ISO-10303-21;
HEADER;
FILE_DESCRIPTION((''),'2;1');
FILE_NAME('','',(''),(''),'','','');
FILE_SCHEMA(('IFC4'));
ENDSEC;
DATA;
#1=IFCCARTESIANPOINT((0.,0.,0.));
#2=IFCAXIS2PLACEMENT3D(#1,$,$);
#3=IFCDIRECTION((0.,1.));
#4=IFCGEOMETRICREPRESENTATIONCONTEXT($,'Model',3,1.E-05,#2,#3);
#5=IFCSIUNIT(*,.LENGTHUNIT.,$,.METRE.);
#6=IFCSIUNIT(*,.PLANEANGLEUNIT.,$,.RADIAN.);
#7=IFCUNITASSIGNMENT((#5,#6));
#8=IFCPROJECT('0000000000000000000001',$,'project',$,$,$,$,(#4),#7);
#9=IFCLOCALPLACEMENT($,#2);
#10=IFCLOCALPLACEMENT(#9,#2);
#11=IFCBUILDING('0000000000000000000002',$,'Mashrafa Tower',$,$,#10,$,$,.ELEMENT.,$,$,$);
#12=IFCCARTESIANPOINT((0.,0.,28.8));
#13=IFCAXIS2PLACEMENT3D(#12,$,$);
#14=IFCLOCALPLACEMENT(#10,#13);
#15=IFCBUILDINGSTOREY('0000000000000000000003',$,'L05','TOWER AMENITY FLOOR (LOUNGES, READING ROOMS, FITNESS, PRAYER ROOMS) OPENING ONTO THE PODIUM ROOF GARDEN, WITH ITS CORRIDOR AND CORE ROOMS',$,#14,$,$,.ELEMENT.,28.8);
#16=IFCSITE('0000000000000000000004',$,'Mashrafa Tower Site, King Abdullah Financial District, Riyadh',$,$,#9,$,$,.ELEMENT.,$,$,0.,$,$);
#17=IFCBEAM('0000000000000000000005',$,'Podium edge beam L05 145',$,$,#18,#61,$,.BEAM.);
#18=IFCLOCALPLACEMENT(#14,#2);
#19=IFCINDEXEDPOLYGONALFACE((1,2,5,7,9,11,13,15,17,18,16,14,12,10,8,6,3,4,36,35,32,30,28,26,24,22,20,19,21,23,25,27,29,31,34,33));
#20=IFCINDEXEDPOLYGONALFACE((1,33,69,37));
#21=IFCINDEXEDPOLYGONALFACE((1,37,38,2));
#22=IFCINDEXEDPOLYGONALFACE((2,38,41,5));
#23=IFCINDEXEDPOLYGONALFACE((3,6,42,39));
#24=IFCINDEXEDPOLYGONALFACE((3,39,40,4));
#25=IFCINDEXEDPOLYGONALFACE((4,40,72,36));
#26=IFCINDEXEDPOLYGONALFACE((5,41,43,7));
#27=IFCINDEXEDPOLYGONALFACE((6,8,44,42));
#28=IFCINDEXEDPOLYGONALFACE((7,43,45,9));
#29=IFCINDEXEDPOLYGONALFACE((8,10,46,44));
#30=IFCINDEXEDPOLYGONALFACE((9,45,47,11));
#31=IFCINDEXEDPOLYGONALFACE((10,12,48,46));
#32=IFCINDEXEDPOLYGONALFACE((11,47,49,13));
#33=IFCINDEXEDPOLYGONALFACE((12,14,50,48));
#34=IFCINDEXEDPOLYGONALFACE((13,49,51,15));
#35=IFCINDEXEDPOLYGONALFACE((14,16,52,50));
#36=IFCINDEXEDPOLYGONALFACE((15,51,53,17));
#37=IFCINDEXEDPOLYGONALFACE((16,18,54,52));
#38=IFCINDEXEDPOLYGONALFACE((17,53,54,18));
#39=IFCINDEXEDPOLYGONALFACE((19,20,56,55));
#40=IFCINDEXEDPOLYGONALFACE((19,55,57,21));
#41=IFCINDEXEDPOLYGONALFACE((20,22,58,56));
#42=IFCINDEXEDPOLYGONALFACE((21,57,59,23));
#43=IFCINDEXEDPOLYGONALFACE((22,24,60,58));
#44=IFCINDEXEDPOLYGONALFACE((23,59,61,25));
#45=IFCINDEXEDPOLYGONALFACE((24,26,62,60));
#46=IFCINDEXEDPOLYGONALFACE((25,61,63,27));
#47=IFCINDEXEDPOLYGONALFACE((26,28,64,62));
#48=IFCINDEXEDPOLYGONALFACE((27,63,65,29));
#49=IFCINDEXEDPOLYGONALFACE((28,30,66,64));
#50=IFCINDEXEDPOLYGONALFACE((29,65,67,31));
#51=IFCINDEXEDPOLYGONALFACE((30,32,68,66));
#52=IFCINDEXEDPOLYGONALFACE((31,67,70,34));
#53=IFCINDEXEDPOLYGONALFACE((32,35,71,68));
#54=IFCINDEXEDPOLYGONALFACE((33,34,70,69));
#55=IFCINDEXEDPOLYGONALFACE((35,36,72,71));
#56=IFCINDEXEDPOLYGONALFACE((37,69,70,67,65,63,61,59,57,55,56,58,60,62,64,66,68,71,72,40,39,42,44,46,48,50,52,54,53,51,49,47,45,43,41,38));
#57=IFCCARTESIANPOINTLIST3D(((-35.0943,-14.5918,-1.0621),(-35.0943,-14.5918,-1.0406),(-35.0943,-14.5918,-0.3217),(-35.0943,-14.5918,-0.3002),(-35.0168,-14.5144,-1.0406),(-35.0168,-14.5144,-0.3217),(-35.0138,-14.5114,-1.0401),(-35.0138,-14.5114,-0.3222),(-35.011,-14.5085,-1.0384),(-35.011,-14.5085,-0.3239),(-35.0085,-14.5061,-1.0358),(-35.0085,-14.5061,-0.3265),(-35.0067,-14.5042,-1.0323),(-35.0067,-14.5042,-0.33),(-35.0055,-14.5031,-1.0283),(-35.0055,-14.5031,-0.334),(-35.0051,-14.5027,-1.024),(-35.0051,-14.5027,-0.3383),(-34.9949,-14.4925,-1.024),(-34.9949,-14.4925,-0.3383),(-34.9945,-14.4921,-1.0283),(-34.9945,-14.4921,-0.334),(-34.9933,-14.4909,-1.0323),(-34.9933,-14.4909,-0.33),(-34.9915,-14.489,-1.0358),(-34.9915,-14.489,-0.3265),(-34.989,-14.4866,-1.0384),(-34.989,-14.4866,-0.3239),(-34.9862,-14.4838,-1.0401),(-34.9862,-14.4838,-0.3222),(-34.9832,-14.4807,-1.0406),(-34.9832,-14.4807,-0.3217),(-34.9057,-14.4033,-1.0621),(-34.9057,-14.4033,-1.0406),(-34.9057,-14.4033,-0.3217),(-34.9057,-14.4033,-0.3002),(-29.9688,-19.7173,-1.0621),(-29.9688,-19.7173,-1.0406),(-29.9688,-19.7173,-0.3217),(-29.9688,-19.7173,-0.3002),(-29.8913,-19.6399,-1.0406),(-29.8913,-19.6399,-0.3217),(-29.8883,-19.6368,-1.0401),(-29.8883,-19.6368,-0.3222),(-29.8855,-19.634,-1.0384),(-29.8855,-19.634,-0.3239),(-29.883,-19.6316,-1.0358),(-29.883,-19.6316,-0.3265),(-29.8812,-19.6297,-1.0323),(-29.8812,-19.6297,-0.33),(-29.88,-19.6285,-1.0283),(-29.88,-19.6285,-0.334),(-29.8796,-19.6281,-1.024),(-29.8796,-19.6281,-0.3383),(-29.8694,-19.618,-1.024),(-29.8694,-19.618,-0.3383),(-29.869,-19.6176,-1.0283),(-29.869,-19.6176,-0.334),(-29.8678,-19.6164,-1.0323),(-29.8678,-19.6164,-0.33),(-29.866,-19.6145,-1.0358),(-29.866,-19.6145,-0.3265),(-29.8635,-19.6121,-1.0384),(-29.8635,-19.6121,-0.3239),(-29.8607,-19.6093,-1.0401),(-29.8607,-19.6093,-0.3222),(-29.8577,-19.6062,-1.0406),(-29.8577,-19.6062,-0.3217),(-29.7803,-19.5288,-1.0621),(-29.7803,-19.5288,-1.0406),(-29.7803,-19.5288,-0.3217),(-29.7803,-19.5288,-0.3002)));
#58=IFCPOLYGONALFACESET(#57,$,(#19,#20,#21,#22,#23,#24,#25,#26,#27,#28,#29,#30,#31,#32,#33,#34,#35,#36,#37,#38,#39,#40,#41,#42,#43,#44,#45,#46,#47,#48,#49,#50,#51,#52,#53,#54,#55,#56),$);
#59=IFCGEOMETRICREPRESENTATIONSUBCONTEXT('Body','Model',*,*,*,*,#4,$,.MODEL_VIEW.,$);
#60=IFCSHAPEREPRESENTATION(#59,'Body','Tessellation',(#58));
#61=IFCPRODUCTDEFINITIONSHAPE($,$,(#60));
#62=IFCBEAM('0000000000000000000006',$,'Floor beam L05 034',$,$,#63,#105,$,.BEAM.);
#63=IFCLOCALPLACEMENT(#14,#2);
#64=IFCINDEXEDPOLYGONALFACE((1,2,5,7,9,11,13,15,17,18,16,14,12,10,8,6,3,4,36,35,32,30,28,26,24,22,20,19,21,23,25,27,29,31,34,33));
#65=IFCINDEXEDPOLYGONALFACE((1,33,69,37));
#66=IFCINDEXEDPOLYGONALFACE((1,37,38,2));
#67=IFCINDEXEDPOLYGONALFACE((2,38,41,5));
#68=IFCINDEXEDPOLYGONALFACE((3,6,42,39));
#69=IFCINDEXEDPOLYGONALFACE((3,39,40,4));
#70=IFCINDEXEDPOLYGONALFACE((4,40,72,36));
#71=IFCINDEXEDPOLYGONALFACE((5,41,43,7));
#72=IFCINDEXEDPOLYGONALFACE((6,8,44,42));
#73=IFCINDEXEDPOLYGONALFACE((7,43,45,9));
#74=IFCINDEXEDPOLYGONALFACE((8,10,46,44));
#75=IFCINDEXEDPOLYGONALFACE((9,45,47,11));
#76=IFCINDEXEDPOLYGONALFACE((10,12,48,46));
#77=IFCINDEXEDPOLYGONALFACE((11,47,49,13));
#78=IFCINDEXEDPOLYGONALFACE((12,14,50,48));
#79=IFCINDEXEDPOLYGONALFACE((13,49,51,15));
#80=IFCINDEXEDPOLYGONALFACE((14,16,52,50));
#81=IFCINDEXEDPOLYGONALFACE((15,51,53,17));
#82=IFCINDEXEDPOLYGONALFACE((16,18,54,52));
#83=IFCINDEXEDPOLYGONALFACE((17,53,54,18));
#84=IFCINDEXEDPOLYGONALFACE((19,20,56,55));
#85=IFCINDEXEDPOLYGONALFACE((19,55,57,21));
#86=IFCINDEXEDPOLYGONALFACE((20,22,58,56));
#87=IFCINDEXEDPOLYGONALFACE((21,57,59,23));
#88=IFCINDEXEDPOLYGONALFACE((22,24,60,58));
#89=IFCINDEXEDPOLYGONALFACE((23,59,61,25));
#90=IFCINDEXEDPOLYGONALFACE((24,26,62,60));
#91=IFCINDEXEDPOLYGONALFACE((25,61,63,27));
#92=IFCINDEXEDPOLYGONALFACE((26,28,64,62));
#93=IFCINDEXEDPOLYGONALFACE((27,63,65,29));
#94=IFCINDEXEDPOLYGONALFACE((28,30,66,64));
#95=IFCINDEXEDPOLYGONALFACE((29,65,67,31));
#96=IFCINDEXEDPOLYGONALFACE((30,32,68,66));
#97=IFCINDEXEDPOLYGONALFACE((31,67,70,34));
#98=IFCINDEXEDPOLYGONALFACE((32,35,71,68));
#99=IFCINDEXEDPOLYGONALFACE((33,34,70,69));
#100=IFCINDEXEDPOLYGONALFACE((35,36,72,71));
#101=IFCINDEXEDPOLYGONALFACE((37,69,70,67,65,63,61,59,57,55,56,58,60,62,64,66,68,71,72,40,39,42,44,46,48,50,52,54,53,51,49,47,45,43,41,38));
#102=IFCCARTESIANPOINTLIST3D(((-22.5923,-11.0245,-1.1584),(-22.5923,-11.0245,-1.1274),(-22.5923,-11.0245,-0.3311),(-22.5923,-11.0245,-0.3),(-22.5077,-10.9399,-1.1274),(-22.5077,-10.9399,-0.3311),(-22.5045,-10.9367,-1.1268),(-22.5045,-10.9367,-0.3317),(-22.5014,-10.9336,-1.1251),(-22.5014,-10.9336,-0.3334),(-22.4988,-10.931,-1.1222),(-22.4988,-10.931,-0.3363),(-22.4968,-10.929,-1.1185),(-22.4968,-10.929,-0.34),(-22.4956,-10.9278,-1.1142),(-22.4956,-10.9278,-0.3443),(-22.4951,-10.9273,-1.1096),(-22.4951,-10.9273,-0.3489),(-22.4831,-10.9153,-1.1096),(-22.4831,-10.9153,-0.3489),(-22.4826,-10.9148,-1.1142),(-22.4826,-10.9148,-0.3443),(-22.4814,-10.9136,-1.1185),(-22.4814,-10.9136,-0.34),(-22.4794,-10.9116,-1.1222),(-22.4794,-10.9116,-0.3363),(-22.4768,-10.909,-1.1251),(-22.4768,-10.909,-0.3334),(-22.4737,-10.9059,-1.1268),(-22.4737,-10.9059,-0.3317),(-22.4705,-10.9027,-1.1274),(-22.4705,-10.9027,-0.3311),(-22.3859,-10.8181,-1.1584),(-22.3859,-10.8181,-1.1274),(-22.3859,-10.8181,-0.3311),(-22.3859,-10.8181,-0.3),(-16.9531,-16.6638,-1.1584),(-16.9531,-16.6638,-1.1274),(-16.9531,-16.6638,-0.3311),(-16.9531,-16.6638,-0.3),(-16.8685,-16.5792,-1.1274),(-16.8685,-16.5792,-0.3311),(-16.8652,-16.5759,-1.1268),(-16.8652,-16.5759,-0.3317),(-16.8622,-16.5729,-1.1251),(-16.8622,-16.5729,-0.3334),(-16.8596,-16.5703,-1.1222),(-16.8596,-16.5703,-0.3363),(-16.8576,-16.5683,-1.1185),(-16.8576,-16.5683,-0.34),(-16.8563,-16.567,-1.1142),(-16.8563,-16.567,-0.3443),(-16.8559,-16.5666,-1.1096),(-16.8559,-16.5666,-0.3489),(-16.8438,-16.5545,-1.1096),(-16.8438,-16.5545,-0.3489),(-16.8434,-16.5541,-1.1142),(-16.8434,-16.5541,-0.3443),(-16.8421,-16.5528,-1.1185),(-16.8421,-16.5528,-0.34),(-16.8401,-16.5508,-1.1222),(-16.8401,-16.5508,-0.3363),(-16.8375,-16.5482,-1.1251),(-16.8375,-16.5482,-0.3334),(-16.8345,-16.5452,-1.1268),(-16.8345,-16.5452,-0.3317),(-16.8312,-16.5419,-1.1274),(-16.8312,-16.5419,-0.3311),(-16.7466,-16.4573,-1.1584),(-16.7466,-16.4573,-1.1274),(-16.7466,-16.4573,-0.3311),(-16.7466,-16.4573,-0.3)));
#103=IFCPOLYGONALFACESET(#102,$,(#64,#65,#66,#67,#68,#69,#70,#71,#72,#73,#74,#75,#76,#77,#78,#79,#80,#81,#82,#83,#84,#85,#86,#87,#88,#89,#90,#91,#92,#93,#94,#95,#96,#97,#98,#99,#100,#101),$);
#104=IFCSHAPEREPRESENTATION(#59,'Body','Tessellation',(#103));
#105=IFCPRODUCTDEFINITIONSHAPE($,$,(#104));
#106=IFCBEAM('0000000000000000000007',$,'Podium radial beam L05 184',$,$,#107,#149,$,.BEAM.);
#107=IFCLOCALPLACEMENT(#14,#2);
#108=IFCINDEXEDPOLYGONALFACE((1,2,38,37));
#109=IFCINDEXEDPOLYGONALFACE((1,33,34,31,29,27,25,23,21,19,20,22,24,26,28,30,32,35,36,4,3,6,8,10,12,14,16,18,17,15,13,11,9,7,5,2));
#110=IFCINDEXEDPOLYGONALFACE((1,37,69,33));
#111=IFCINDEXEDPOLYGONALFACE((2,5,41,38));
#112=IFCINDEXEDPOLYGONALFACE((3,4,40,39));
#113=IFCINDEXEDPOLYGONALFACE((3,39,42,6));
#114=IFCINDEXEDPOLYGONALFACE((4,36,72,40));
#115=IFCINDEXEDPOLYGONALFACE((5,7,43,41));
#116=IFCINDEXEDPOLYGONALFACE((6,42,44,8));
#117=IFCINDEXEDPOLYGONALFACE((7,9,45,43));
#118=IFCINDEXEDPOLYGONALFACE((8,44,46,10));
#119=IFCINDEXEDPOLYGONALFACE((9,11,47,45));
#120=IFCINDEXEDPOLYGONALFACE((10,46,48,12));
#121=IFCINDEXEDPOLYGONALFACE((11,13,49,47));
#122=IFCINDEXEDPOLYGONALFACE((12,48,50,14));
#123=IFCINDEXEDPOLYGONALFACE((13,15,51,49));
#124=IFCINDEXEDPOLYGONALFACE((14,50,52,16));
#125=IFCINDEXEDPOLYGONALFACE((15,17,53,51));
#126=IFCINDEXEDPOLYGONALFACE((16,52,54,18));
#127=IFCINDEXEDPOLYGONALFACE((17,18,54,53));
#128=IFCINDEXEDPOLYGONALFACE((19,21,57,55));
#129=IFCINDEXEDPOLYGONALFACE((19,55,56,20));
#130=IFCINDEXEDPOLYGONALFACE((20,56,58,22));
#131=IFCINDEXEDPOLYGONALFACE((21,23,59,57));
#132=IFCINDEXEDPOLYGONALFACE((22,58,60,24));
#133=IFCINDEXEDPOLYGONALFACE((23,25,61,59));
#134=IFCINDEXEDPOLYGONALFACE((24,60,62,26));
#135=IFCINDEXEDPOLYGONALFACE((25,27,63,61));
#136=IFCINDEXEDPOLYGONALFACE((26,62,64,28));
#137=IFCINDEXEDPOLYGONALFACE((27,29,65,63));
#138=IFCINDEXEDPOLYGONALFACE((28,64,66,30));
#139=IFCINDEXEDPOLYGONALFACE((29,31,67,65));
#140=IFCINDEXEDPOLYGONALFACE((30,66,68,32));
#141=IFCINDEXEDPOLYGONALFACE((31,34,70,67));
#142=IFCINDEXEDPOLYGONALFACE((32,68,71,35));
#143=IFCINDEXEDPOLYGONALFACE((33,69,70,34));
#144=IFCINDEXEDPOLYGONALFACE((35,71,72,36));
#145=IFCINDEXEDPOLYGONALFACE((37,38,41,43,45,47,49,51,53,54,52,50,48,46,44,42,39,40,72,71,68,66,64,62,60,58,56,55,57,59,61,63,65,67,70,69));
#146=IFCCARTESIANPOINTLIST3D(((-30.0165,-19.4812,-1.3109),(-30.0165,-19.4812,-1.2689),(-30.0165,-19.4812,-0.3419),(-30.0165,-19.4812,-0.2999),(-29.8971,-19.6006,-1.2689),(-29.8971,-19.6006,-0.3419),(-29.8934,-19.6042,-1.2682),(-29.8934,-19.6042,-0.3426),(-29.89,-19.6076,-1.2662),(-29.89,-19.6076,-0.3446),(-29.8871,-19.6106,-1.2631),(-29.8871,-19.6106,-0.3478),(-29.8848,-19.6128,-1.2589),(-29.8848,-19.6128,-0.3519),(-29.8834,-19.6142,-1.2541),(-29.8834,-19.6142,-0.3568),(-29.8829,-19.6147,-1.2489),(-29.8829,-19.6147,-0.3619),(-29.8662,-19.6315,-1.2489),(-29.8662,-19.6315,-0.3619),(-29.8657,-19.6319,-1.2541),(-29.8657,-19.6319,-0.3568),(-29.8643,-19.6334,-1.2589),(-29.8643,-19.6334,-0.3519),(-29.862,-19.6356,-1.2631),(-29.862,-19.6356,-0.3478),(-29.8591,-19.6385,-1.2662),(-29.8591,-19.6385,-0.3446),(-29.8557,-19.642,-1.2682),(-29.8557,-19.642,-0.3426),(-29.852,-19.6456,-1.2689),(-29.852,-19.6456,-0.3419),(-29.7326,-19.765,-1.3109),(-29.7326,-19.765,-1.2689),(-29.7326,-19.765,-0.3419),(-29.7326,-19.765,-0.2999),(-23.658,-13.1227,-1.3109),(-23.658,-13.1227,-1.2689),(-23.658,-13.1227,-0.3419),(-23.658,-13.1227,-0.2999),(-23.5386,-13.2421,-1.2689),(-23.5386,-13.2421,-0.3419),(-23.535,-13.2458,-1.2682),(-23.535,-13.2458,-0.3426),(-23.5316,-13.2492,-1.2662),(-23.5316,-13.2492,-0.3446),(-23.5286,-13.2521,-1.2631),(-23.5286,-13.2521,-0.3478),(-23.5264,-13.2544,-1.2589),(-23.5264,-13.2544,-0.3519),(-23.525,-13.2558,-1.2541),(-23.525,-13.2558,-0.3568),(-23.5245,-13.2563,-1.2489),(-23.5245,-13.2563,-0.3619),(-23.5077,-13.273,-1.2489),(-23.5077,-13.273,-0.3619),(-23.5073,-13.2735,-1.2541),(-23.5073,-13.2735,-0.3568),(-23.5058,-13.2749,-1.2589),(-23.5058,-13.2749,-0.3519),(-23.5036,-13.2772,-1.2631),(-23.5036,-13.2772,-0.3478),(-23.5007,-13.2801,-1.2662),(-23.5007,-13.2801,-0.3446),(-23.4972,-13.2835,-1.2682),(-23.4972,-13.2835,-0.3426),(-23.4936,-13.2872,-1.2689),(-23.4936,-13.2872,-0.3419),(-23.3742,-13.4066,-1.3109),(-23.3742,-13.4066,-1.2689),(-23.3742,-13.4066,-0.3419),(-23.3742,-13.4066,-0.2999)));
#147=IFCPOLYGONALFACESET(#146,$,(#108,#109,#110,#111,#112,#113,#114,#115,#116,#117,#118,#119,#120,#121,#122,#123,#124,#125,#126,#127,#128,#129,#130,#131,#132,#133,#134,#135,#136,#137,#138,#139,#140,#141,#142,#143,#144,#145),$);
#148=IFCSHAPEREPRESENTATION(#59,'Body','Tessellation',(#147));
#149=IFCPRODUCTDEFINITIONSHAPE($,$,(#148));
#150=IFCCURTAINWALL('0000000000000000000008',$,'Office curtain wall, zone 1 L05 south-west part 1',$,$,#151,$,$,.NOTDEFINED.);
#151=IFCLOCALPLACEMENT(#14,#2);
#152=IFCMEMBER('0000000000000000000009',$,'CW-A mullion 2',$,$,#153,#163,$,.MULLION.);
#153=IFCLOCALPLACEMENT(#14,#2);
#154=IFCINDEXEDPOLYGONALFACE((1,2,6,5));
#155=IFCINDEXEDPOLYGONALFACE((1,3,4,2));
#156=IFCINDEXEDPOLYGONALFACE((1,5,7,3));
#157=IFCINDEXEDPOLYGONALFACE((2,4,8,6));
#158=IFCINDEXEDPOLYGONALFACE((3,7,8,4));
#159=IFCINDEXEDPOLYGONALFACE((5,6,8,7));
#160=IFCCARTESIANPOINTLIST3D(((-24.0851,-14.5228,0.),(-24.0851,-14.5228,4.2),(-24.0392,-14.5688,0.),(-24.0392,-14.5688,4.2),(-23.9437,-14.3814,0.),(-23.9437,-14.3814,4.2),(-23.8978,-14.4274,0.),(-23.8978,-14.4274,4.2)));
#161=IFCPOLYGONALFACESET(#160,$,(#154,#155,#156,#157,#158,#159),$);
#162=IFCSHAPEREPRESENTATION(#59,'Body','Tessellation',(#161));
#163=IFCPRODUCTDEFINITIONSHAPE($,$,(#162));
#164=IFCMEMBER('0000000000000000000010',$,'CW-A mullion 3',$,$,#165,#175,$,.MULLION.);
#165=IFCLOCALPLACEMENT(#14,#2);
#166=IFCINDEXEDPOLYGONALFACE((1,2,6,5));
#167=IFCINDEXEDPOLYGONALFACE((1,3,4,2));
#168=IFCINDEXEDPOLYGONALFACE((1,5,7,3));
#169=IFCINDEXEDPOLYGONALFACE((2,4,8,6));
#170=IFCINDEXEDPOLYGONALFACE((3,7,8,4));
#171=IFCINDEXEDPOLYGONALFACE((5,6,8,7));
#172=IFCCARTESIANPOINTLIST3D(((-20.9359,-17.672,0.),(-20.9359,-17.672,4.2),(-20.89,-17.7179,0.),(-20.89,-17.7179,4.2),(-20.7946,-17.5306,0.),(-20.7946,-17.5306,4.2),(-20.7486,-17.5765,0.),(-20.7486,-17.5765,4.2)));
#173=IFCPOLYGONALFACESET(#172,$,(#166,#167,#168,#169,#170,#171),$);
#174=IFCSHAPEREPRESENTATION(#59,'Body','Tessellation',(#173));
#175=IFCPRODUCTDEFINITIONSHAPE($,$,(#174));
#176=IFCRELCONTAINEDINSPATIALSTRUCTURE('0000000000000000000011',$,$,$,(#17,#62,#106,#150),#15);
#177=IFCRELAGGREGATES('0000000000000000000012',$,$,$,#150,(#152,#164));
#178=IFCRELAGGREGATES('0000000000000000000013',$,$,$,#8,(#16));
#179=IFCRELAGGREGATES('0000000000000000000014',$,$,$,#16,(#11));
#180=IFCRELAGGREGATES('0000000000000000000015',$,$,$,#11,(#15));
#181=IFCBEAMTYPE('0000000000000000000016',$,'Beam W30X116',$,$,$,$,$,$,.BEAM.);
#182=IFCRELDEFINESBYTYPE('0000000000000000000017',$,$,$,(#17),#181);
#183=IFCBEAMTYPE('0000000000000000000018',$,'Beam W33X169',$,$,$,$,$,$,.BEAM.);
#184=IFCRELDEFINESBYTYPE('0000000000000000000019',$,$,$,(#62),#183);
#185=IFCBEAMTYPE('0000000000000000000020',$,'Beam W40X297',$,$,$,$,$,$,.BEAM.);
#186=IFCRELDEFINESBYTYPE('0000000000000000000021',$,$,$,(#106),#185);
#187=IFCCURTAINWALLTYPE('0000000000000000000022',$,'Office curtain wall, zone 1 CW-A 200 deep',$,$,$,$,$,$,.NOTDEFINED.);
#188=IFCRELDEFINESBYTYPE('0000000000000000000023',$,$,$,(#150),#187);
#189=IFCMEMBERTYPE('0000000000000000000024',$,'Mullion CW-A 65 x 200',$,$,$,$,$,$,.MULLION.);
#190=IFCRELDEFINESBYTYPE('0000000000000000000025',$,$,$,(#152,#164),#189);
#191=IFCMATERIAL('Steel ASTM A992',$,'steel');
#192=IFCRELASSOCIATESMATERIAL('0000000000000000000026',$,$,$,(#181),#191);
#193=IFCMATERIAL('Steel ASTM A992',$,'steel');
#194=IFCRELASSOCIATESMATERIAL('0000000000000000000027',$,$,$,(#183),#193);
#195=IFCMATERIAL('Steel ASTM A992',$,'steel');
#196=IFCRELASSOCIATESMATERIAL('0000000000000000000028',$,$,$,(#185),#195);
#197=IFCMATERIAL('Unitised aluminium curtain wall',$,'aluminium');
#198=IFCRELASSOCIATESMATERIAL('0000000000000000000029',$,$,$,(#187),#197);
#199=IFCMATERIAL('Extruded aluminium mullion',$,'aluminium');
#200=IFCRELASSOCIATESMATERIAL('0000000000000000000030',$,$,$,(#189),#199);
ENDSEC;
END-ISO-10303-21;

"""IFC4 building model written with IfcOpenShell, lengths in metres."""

from ifc_helpers import new_model, si_unit, direction, frame, origin, origin_2d, place, context, subcontext, project, spatial, rectangle, i_section, extrude, source, transform, mapped, material, material_profile, profile_set, type_object, type_shapes, element, aggregate, save


model = new_model("IFC4")

# Units and contexts
model_context = context("Model", 3, precision=1e-05, world=origin(), true_north=direction((0.0, 1.0)))
body_context = subcontext(model_context, "Body", "Model", "MODEL_VIEW")
ifc_project = project(units=[si_unit("LENGTHUNIT", "METRE"), si_unit("PLANEANGLEUNIT", "RADIAN")], contexts=[model_context])

# Site, building, storey
site_placement = place(None, origin())
site = spatial("IfcSite", under=ifc_project, at=site_placement, Name="Mashrafa Tower Site, King Abdullah Financial District, Riyadh", CompositionType="ELEMENT", RefElevation=0.0)
building_placement = place(site_placement, origin())
building = spatial("IfcBuilding", under=site, at=building_placement, Name="Mashrafa Tower", CompositionType="ELEMENT")
storey_placement = place(building_placement, frame((0.0, 0.0, 28.8)))
storey = spatial("IfcBuildingStorey", under=building, at=storey_placement, Name="L05", Description="TOWER AMENITY FLOOR (LOUNGES, READING ROOMS, FITNESS, PRAYER ROOMS) OPENING ONTO THE PODIUM ROOF GARDEN, WITH ITS CORRIDOR AND CORE ROOMS", CompositionType="ELEMENT", Elevation=28.8)

# Beams
ifc_material_1 = material(Name="Steel ASTM A992", Category="steel")
ifc_material_profile_1 = material_profile(ifc_material_1, i_section(OverallWidth=0.2666, OverallDepth=0.762, WebThickness=0.0144, FlangeThickness=0.0215, FilletRadius=0.0166, at=origin_2d()), Name="W30X116")
ifc_profile_set_1 = profile_set([ifc_material_profile_1], Name="Steel ASTM A992")
beam_type_1 = type_object("IfcBeamType", Name="Beam W30X116", PredefinedType="BEAM", material=ifc_profile_set_1)
beam_1_placement = place(storey_placement, frame((-35.0, -14.4976, -0.6812), z_axis=(0.707107, -0.707107, 0.0), x_axis=(0.707107, 0.707107, 0.0)))
element("IfcBeam", 1, at=beam_1_placement, inside=storey, type_object=beam_type_1, Name="Podium edge beam L05 145", PredefinedType="BEAM", context=body_context, shape_type="SweptSolid", body=[
    extrude(i_section(OverallWidth=0.2666, OverallDepth=0.762, WebThickness=0.0144, FlangeThickness=0.0215, FilletRadius=0.0166, at=origin_2d()), origin(), (0.0, 0.0, 1.0), 7.2485),
])
ifc_material_2 = material(Name="Steel ASTM A992", Category="steel")
ifc_material_profile_2 = material_profile(ifc_material_2, i_section(OverallWidth=0.292, OverallDepth=0.8584, WebThickness=0.0171, FlangeThickness=0.031, FilletRadius=0.0178, at=origin_2d()), Name="W33X169")
ifc_profile_set_2 = profile_set([ifc_material_profile_2], Name="Steel ASTM A992")
beam_type_2 = type_object("IfcBeamType", Name="Beam W33X169", PredefinedType="BEAM", material=ifc_profile_set_2)
beam_2_placement = place(storey_placement, frame((-16.8499, -16.5605, -0.7292), z_axis=(-0.707107, 0.707107, 0.0), x_axis=(-0.707107, -0.707107, 0.0)))
element("IfcBeam", 2, at=beam_2_placement, inside=storey, type_object=beam_type_2, Name="Floor beam L05 034", PredefinedType="BEAM", context=body_context, shape_type="SweptSolid", body=[
    extrude(i_section(OverallWidth=0.292, OverallDepth=0.8584, WebThickness=0.0171, FlangeThickness=0.031, FilletRadius=0.0178, at=origin_2d()), origin(), (0.0, 0.0, 1.0), 7.9751),
])
ifc_material_3 = material(Name="Steel ASTM A992", Category="steel")
ifc_material_profile_3 = material_profile(ifc_material_3, i_section(OverallWidth=0.4014, OverallDepth=1.011, WebThickness=0.0237, FlangeThickness=0.042, FilletRadius=0.02, at=origin_2d()), Name="W40X297")
ifc_profile_set_3 = profile_set([ifc_material_profile_3], Name="Steel ASTM A992")
beam_type_3 = type_object("IfcBeamType", Name="Beam W40X297", PredefinedType="BEAM", material=ifc_profile_set_3)
beam_3_placement = place(storey_placement, frame((-23.5161, -13.2646, -0.8054), z_axis=(-0.707107, -0.707107, 0.0), x_axis=(0.707107, -0.707107, 0.0)))
element("IfcBeam", 3, at=beam_3_placement, inside=storey, type_object=beam_type_3, Name="Podium radial beam L05 184", PredefinedType="BEAM", context=body_context, shape_type="SweptSolid", body=[
    extrude(i_section(OverallWidth=0.4014, OverallDepth=1.011, WebThickness=0.0237, FlangeThickness=0.042, FilletRadius=0.02, at=origin_2d()), origin(), (0.0, 0.0, 1.0), 8.9922),
])

# Curtain wall, members
ifc_material_4 = material(Name="Unitised aluminium curtain wall", Category="aluminium")
curtain_wall_type = type_object("IfcCurtainWallType", Name="Office curtain wall, zone 1 CW-A 200 deep", PredefinedType="NOTDEFINED", material=ifc_material_4)
curtain_wall_placement = place(storey_placement, origin())
curtain_wall = element("IfcCurtainWall", 4, at=curtain_wall_placement, inside=storey, type_object=curtain_wall_type, Name="Office curtain wall, zone 1 L05 south-west part 1", PredefinedType="NOTDEFINED")
ifc_material_5 = material(Name="Extruded aluminium mullion", Category="aluminium")
ifc_material_profile_4 = material_profile(ifc_material_5, rectangle(XDim=0.2, YDim=0.0649, at=origin_2d()), Name="Mullion 65x200")
ifc_profile_set_4 = profile_set([ifc_material_profile_4], Name="Extruded aluminium mullion")
member_type_1 = type_object("IfcMemberType", Name="Mullion CW-A 65 x 200", PredefinedType="MULLION", material=ifc_profile_set_4)
shared_shape_1 = source(origin(), body_context, "Body", "SweptSolid", [
    extrude(rectangle(XDim=0.2, YDim=0.0649, at=origin_2d()), origin(), (0.0, 0.0, 1.0), 4.2),
])
type_shapes(member_type_1, [shared_shape_1])
member_1_placement = place(storey_placement, frame((-23.9915, -14.4751, 0.0), z_axis=(0.0, 0.0, 1.0), x_axis=(0.707107, 0.707107, 0.0)))
member_1 = element("IfcMember", 5, at=member_1_placement, type_object=member_type_1, Name="CW-A mullion 2", PredefinedType="MULLION", context=body_context, shape_type="MappedRepresentation", body=[
    mapped(shared_shape_1, transform((0.0, 0.0, 0.0))),
])
member_2_placement = place(storey_placement, frame((-20.8423, -17.6243, 0.0), z_axis=(0.0, 0.0, 1.0), x_axis=(0.707107, 0.707107, 0.0)))
member_2 = element("IfcMember", 6, at=member_2_placement, type_object=member_type_1, Name="CW-A mullion 3", PredefinedType="MULLION", context=body_context, shape_type="MappedRepresentation", body=[
    mapped(shared_shape_1, transform((0.0, 0.0, 0.0))),
])
aggregate(curtain_wall, [member_1, member_2])

save(model, "model.ifc")
